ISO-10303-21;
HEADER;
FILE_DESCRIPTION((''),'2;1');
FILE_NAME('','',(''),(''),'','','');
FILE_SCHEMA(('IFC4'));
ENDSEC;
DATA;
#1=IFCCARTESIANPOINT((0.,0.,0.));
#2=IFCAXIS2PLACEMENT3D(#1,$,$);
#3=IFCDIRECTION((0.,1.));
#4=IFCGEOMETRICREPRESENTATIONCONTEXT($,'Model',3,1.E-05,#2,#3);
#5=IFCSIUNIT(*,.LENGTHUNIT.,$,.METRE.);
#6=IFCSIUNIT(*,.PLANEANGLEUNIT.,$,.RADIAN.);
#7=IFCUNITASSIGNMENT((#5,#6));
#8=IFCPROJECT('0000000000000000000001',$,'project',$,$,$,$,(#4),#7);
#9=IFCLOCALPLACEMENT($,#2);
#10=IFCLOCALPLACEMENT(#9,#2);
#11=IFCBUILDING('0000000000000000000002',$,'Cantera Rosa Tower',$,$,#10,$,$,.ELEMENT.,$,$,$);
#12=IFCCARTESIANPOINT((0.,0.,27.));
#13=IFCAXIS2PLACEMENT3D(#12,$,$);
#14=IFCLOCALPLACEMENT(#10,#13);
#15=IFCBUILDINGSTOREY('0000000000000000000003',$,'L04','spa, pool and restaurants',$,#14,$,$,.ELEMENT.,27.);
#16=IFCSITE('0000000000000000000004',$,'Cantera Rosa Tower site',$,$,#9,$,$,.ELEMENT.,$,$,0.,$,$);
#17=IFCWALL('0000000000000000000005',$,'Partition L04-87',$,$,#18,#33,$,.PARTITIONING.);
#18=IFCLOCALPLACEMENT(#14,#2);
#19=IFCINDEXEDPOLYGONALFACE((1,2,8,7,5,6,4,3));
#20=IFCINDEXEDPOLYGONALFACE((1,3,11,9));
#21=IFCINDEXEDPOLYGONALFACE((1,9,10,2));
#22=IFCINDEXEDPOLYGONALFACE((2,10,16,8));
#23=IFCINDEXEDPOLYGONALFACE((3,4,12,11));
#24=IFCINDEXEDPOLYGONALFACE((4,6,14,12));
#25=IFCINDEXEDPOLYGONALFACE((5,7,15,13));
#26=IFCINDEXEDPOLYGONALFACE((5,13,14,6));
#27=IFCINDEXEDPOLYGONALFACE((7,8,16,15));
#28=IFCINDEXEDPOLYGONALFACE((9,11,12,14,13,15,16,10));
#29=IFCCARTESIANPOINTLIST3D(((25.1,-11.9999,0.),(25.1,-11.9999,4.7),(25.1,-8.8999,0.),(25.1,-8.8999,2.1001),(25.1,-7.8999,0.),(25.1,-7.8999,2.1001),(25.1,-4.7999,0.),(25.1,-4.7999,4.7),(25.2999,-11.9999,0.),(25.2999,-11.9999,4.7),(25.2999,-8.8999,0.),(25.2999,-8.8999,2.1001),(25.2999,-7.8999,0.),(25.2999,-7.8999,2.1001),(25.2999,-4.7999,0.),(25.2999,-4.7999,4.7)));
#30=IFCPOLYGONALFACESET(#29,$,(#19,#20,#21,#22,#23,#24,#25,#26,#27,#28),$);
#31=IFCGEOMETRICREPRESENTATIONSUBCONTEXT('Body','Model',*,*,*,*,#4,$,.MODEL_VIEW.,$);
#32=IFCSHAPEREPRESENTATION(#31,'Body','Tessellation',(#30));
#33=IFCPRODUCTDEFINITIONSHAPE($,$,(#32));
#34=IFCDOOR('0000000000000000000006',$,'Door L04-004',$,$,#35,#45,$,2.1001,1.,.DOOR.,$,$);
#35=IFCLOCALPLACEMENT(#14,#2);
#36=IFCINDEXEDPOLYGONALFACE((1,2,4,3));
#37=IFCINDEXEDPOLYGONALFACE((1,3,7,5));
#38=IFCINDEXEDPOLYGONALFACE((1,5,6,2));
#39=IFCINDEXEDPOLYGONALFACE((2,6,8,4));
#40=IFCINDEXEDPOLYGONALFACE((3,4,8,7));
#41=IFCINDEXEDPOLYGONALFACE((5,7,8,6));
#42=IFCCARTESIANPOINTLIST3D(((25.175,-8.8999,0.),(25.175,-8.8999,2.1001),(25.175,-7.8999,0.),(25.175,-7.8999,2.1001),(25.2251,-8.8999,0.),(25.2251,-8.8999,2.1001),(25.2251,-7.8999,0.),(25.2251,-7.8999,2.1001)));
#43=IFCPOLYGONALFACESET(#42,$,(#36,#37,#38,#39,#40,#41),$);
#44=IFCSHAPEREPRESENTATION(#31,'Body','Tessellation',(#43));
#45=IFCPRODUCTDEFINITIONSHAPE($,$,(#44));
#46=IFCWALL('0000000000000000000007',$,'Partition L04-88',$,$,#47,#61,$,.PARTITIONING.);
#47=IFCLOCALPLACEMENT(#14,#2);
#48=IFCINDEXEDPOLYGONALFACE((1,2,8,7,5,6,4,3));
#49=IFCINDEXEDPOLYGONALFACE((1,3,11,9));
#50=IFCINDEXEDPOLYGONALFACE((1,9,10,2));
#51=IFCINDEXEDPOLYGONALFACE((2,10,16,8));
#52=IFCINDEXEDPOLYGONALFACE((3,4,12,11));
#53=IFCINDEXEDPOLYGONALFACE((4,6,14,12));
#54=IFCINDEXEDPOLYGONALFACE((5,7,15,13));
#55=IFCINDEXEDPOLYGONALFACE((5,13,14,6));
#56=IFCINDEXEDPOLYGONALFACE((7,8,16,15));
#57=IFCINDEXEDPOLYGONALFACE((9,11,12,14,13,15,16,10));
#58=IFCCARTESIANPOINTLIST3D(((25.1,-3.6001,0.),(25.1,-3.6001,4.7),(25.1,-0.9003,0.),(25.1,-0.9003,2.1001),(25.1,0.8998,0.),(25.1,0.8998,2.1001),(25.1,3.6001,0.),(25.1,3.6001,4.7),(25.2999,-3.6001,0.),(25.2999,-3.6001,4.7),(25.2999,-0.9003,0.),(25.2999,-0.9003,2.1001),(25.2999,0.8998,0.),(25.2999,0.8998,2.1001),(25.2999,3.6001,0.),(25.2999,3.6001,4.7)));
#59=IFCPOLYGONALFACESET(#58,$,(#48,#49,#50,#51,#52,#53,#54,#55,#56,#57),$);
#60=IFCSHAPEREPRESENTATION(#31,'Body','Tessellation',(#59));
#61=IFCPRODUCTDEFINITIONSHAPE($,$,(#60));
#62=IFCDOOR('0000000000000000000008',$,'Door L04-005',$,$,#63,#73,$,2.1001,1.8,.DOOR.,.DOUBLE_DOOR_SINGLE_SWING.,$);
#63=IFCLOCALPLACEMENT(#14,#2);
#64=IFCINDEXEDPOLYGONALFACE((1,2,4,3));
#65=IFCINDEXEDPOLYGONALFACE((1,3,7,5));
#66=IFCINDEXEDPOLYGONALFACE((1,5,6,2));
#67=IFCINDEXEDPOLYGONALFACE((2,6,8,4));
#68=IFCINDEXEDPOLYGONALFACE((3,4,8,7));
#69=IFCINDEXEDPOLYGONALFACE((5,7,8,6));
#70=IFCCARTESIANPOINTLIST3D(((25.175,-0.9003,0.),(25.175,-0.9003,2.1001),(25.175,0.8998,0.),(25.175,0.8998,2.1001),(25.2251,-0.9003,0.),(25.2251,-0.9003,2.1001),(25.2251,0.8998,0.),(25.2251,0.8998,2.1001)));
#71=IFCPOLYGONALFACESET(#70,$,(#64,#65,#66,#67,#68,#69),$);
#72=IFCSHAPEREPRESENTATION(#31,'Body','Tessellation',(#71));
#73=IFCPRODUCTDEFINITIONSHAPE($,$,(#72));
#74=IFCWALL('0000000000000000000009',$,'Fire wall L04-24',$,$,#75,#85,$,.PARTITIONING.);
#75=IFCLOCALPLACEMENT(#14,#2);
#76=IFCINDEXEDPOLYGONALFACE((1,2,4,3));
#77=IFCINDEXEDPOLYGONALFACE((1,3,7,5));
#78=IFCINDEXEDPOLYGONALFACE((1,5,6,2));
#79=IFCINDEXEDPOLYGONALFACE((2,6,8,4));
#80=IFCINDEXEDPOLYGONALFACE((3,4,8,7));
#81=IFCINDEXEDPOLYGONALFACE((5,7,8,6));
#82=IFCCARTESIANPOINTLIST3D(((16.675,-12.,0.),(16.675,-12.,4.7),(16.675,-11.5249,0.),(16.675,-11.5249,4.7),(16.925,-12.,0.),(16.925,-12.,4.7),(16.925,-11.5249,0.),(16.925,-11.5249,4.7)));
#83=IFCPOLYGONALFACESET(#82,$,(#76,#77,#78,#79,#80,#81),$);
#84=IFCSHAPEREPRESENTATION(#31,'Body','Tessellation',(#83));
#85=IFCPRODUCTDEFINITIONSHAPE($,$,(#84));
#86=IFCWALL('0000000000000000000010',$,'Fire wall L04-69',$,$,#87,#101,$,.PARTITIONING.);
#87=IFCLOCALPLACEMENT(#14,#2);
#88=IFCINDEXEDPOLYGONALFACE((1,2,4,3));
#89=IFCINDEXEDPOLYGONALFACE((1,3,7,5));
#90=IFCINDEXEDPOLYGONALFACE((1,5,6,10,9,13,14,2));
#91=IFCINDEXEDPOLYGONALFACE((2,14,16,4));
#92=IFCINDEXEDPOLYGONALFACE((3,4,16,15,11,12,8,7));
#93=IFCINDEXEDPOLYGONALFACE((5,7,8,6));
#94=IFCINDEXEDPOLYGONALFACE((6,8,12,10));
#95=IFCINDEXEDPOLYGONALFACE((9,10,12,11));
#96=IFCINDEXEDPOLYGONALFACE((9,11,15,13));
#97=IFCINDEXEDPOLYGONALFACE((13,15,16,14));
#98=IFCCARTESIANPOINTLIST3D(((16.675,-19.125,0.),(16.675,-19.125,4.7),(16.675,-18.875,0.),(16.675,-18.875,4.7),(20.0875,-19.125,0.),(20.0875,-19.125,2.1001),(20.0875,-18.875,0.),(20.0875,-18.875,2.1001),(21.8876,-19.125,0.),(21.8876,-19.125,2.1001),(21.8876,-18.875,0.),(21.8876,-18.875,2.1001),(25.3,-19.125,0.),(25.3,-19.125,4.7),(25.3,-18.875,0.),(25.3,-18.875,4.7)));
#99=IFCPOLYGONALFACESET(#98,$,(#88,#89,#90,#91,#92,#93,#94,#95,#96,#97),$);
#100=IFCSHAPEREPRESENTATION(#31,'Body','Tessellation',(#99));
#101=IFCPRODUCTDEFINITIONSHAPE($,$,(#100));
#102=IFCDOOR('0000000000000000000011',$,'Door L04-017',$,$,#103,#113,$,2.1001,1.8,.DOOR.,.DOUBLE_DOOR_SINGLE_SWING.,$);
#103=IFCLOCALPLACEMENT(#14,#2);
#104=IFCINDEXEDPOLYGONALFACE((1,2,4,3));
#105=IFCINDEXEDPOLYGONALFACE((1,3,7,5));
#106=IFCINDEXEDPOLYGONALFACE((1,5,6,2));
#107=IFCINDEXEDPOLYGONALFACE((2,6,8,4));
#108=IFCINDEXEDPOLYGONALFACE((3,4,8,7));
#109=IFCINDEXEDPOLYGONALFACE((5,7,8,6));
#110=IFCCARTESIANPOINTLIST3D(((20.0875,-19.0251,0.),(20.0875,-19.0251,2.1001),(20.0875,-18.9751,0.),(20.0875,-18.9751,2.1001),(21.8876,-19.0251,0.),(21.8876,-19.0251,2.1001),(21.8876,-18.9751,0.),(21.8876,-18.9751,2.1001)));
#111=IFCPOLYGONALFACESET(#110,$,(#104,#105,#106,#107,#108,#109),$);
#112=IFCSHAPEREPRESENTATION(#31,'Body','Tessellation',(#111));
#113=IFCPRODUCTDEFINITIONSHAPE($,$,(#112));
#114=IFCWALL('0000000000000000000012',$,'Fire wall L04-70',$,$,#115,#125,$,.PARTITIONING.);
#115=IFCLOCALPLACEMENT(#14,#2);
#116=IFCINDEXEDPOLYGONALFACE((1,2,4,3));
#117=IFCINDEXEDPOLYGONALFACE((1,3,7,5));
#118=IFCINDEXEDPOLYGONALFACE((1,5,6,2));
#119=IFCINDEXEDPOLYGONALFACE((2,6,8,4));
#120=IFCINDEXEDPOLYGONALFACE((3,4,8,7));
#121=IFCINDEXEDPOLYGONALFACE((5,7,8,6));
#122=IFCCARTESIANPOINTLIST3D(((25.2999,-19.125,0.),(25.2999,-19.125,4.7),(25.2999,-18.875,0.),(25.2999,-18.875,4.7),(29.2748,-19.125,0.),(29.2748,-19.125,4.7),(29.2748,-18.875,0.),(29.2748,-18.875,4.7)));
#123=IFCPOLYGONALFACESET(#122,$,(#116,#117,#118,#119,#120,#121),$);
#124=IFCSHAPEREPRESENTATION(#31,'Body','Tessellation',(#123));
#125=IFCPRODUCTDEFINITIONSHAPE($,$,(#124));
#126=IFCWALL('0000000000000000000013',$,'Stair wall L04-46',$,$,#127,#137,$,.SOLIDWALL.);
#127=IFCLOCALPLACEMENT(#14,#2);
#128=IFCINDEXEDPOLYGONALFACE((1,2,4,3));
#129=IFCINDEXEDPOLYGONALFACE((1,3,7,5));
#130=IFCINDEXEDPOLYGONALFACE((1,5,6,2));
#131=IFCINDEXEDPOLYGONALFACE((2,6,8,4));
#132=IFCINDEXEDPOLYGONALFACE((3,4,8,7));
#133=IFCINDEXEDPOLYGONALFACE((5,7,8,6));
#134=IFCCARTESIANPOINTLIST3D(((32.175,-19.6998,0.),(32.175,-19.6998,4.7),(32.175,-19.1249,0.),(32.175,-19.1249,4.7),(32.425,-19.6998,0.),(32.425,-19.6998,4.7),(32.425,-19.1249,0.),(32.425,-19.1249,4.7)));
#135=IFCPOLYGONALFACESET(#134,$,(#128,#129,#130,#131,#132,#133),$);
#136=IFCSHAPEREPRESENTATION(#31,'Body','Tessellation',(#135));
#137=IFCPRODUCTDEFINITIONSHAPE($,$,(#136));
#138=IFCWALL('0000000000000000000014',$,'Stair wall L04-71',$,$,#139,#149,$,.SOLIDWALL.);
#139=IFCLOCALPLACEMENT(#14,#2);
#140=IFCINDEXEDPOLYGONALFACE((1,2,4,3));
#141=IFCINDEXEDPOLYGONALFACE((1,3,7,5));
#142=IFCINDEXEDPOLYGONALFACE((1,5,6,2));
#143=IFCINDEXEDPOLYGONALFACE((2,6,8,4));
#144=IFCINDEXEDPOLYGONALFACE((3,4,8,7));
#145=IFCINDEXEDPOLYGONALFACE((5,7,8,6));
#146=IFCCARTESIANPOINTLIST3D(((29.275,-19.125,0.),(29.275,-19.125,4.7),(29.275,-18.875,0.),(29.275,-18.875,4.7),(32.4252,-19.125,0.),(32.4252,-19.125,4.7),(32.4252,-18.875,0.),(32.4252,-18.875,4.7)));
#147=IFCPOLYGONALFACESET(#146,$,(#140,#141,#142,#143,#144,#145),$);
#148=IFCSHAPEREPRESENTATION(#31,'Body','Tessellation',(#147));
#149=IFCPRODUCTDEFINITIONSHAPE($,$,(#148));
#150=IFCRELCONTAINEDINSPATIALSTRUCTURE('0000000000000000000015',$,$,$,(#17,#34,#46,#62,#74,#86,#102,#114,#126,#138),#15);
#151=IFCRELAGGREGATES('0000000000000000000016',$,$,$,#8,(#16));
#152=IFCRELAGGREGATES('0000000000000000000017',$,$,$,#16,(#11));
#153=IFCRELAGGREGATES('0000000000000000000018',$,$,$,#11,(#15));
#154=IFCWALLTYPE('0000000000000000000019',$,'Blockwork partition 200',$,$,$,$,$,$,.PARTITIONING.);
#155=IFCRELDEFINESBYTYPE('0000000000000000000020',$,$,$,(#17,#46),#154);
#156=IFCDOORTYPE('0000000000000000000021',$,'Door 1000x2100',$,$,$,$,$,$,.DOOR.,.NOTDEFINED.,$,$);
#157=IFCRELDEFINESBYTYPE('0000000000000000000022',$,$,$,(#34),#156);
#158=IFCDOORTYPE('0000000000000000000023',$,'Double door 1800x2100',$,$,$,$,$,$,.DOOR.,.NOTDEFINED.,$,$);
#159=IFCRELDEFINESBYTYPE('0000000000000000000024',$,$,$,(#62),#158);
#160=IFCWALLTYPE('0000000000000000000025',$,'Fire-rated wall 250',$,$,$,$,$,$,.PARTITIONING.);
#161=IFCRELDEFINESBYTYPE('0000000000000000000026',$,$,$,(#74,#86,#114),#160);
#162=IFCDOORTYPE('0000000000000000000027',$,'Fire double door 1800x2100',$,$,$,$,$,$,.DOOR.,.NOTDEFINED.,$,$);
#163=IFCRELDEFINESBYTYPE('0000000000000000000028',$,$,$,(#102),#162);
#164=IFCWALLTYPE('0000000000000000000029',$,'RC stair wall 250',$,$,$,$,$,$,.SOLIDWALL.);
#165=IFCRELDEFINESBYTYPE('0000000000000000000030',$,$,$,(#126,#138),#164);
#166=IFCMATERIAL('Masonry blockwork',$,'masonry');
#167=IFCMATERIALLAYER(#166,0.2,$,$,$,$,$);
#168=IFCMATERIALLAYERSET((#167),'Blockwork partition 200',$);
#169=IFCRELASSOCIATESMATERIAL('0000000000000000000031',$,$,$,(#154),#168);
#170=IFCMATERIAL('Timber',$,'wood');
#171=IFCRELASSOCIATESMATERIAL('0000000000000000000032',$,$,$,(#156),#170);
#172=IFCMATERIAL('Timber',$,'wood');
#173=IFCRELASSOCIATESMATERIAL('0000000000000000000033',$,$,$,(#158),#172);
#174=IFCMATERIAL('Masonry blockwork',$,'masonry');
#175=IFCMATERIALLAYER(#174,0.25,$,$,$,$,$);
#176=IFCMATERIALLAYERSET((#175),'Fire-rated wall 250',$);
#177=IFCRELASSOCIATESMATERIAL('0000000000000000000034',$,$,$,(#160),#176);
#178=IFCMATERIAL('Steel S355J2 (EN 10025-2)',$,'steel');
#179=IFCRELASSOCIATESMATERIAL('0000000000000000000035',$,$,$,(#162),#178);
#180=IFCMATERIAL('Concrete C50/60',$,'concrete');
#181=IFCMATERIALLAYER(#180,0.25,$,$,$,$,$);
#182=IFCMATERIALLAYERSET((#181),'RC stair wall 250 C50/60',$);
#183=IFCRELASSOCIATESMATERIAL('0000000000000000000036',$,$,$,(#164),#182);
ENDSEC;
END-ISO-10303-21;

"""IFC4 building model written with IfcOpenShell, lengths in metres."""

from ifc_helpers import new_model, si_unit, direction, frame, frame_2d, origin, place, context, subcontext, project, spatial, rectangle, extrude, material, layer, layer_set, type_object, element, fill, save


model = new_model("IFC4")

# Units and contexts
model_context = context("Model", 3, precision=1e-05, world=origin(), true_north=direction((0.0, 1.0)))
body_context = subcontext(model_context, "Body", "Model", "MODEL_VIEW")
ifc_project = project(units=[si_unit("LENGTHUNIT", "METRE"), si_unit("PLANEANGLEUNIT", "RADIAN")], contexts=[model_context])

# Site, building, storey
site_placement = place(None, origin())
site = spatial("IfcSite", under=ifc_project, at=site_placement, Name="Cantera Rosa Tower site", CompositionType="ELEMENT", RefElevation=0.0)
building_placement = place(site_placement, origin())
building = spatial("IfcBuilding", under=site, at=building_placement, Name="Cantera Rosa Tower", CompositionType="ELEMENT")
storey_placement = place(building_placement, frame((0.0, 0.0, 27.0)))
storey = spatial("IfcBuildingStorey", under=building, at=storey_placement, Name="L04", Description="spa, pool and restaurants", CompositionType="ELEMENT", Elevation=27.0)

# Shared definitions
ifc_material_1 = material(Name="Masonry blockwork", Category="masonry")
ifc_layer_1 = layer(ifc_material_1, 0.2)
ifc_layer_set_1 = layer_set([ifc_layer_1], Name="Blockwork partition 200")
wall_type_1 = type_object("IfcWallType", Name="Blockwork partition 200", PredefinedType="PARTITIONING", material=ifc_layer_set_1)
ifc_material_2 = material(Name="Timber", Category="wood")
door_type_1 = type_object("IfcDoorType", Name="Door 1000x2100", OperationType="NOTDEFINED", PredefinedType="DOOR", material=ifc_material_2)

# Walls, openings, doors
wall_1_placement = place(storey_placement, frame((25.2, -12.0, 0.0), z_axis=(0.0, 0.0, 1.0), x_axis=(0.0, 1.0, 0.0)))
wall_1 = element("IfcWall", 1, at=wall_1_placement, inside=storey, type_object=wall_type_1, Name="Partition L04-87", PredefinedType="PARTITIONING", context=body_context, shape_type="SweptSolid", body=[
    extrude(rectangle(XDim=7.2, YDim=0.2, at=frame_2d((3.6001, 0.0))), origin(), (0.0, 0.0, 1.0), 4.7),
])
opening_1_placement = place(wall_1_placement, frame((3.1001, 0.0, 0.0)))
opening_1 = element("IfcOpeningElement", 2, at=opening_1_placement, cuts=wall_1, PredefinedType="OPENING", context=body_context, shape_type="SweptSolid", body=[
    extrude(rectangle(XDim=1.0, YDim=2.1001, at=frame_2d((0.5, 1.05))), frame((0.0, 0.1099, 0.0), z_axis=(0.0, -1.0, 0.0), x_axis=(1.0, 0.0, 0.0)), (0.0, 0.0, 1.0), 0.22),
])
door_1_placement = place(opening_1_placement, origin())
door_1 = element("IfcDoor", 3, at=door_1_placement, inside=storey, type_object=door_type_1, Name="Door L04-004", OverallHeight=2.1001, OverallWidth=1.0, PredefinedType="DOOR", context=body_context, shape_type="SweptSolid", body=[
    extrude(rectangle(XDim=1.0, YDim=2.1001, at=frame_2d((0.5, 1.05))), frame((0.0, 0.0249, 0.0), z_axis=(0.0, -1.0, 0.0), x_axis=(1.0, 0.0, 0.0)), (0.0, 0.0, 1.0), 0.05),
])
fill(opening_1, door_1)
wall_2_placement = place(storey_placement, frame((25.2, -3.6001, 0.0), z_axis=(0.0, 0.0, 1.0), x_axis=(0.0, 1.0, 0.0)))
wall_2 = element("IfcWall", 4, at=wall_2_placement, inside=storey, type_object=wall_type_1, Name="Partition L04-88", PredefinedType="PARTITIONING", context=body_context, shape_type="SweptSolid", body=[
    extrude(rectangle(XDim=7.2002, YDim=0.2, at=frame_2d((3.6001, 0.0))), origin(), (0.0, 0.0, 1.0), 4.7),
])
opening_2_placement = place(wall_2_placement, frame((2.7, 0.0, 0.0)))
opening_2 = element("IfcOpeningElement", 5, at=opening_2_placement, cuts=wall_2, PredefinedType="OPENING", context=body_context, shape_type="SweptSolid", body=[
    extrude(rectangle(XDim=1.8, YDim=2.1001, at=frame_2d((0.8999, 1.05))), frame((0.0, 0.1099, 0.0), z_axis=(0.0, -1.0, 0.0), x_axis=(1.0, 0.0, 0.0)), (0.0, 0.0, 1.0), 0.22),
])
ifc_material_3 = material(Name="Timber", Category="wood")
door_type_2 = type_object("IfcDoorType", Name="Double door 1800x2100", OperationType="NOTDEFINED", PredefinedType="DOOR", material=ifc_material_3)
door_2_placement = place(opening_2_placement, origin())
door_2 = element("IfcDoor", 6, at=door_2_placement, inside=storey, type_object=door_type_2, Name="Door L04-005", OperationType="DOUBLE_DOOR_SINGLE_SWING", OverallHeight=2.1001, OverallWidth=1.8, PredefinedType="DOOR", context=body_context, shape_type="SweptSolid", body=[
    extrude(rectangle(XDim=1.8, YDim=2.1001, at=frame_2d((0.8999, 1.05))), frame((0.0, 0.0249, 0.0), z_axis=(0.0, -1.0, 0.0), x_axis=(1.0, 0.0, 0.0)), (0.0, 0.0, 1.0), 0.05),
])
fill(opening_2, door_2)

# Wall
ifc_material_4 = material(Name="Masonry blockwork", Category="masonry")
ifc_layer_2 = layer(ifc_material_4, 0.25)
ifc_layer_set_2 = layer_set([ifc_layer_2], Name="Fire-rated wall 250")
wall_type_2 = type_object("IfcWallType", Name="Fire-rated wall 250", PredefinedType="PARTITIONING", material=ifc_layer_set_2)
wall_3_placement = place(storey_placement, frame((16.8, -12.0, 0.0), z_axis=(0.0, 0.0, 1.0), x_axis=(0.0, 1.0, 0.0)))
element("IfcWall", 7, at=wall_3_placement, inside=storey, type_object=wall_type_2, Name="Fire wall L04-24", PredefinedType="PARTITIONING", context=body_context, shape_type="SweptSolid", body=[
    extrude(rectangle(XDim=0.4751, YDim=0.25, at=frame_2d((0.2375, 0.0))), origin(), (0.0, 0.0, 1.0), 4.7),
])

# Wall, opening, door
wall_4_placement = place(storey_placement, frame((16.675, -19.0, 0.0), z_axis=(0.0, 0.0, 1.0), x_axis=(1.0, 0.0, 0.0)))
wall_4 = element("IfcWall", 8, at=wall_4_placement, inside=storey, type_object=wall_type_2, Name="Fire wall L04-69", PredefinedType="PARTITIONING", context=body_context, shape_type="SweptSolid", body=[
    extrude(rectangle(XDim=8.625, YDim=0.25, at=frame_2d((4.3125, 0.0))), origin(), (0.0, 0.0, 1.0), 4.7),
])
opening_3_placement = place(wall_4_placement, frame((3.4126, 0.0, 0.0)))
opening_3 = element("IfcOpeningElement", 9, at=opening_3_placement, cuts=wall_4, PredefinedType="OPENING", context=body_context, shape_type="SweptSolid", body=[
    extrude(rectangle(XDim=1.8, YDim=2.1001, at=frame_2d((0.8999, 1.05))), frame((0.0, 0.135, 0.0), z_axis=(0.0, -1.0, 0.0), x_axis=(1.0, 0.0, 0.0)), (0.0, 0.0, 1.0), 0.27),
])
ifc_material_5 = material(Name="Steel S355J2 (EN 10025-2)", Category="steel")
door_type_3 = type_object("IfcDoorType", Name="Fire double door 1800x2100", OperationType="NOTDEFINED", PredefinedType="DOOR", material=ifc_material_5)
door_3_placement = place(opening_3_placement, origin())
door_3 = element("IfcDoor", 10, at=door_3_placement, inside=storey, type_object=door_type_3, Name="Door L04-017", OperationType="DOUBLE_DOOR_SINGLE_SWING", OverallHeight=2.1001, OverallWidth=1.8, PredefinedType="DOOR", context=body_context, shape_type="SweptSolid", body=[
    extrude(rectangle(XDim=1.8, YDim=2.1001, at=frame_2d((0.8999, 1.05))), frame((0.0, 0.0249, 0.0), z_axis=(0.0, -1.0, 0.0), x_axis=(1.0, 0.0, 0.0)), (0.0, 0.0, 1.0), 0.05),
])
fill(opening_3, door_3)

# Walls
wall_5_placement = place(storey_placement, frame((25.3, -19.0, 0.0), z_axis=(0.0, 0.0, 1.0), x_axis=(1.0, 0.0, 0.0)))
element("IfcWall", 11, at=wall_5_placement, inside=storey, type_object=wall_type_2, Name="Fire wall L04-70", PredefinedType="PARTITIONING", context=body_context, shape_type="SweptSolid", body=[
    extrude(rectangle(XDim=3.9749, YDim=0.25, at=frame_2d((1.9873, 0.0))), origin(), (0.0, 0.0, 1.0), 4.7),
])
ifc_material_6 = material(Name="Concrete C50/60", Category="concrete")
ifc_layer_3 = layer(ifc_material_6, 0.25)
ifc_layer_set_3 = layer_set([ifc_layer_3], Name="RC stair wall 250 C50/60")
wall_type_3 = type_object("IfcWallType", Name="RC stair wall 250", PredefinedType="SOLIDWALL", material=ifc_layer_set_3)
wall_6_placement = place(storey_placement, frame((32.3, -19.7, 0.0), z_axis=(0.0, 0.0, 1.0), x_axis=(0.0, 1.0, 0.0)))
element("IfcWall", 12, at=wall_6_placement, inside=storey, type_object=wall_type_3, Name="Stair wall L04-46", PredefinedType="SOLIDWALL", context=body_context, shape_type="SweptSolid", body=[
    extrude(rectangle(XDim=0.575, YDim=0.25, at=frame_2d((0.2876, 0.0))), origin(), (0.0, 0.0, 1.0), 4.7),
])
wall_7_placement = place(storey_placement, frame((29.2749, -19.0, 0.0), z_axis=(0.0, 0.0, 1.0), x_axis=(1.0, 0.0, 0.0)))
element("IfcWall", 13, at=wall_7_placement, inside=storey, type_object=wall_type_3, Name="Stair wall L04-71", PredefinedType="SOLIDWALL", context=body_context, shape_type="SweptSolid", body=[
    extrude(rectangle(XDim=3.1501, YDim=0.25, at=frame_2d((1.5752, 0.0))), origin(), (0.0, 0.0, 1.0), 4.7),
])

save(model, "model.ifc")
